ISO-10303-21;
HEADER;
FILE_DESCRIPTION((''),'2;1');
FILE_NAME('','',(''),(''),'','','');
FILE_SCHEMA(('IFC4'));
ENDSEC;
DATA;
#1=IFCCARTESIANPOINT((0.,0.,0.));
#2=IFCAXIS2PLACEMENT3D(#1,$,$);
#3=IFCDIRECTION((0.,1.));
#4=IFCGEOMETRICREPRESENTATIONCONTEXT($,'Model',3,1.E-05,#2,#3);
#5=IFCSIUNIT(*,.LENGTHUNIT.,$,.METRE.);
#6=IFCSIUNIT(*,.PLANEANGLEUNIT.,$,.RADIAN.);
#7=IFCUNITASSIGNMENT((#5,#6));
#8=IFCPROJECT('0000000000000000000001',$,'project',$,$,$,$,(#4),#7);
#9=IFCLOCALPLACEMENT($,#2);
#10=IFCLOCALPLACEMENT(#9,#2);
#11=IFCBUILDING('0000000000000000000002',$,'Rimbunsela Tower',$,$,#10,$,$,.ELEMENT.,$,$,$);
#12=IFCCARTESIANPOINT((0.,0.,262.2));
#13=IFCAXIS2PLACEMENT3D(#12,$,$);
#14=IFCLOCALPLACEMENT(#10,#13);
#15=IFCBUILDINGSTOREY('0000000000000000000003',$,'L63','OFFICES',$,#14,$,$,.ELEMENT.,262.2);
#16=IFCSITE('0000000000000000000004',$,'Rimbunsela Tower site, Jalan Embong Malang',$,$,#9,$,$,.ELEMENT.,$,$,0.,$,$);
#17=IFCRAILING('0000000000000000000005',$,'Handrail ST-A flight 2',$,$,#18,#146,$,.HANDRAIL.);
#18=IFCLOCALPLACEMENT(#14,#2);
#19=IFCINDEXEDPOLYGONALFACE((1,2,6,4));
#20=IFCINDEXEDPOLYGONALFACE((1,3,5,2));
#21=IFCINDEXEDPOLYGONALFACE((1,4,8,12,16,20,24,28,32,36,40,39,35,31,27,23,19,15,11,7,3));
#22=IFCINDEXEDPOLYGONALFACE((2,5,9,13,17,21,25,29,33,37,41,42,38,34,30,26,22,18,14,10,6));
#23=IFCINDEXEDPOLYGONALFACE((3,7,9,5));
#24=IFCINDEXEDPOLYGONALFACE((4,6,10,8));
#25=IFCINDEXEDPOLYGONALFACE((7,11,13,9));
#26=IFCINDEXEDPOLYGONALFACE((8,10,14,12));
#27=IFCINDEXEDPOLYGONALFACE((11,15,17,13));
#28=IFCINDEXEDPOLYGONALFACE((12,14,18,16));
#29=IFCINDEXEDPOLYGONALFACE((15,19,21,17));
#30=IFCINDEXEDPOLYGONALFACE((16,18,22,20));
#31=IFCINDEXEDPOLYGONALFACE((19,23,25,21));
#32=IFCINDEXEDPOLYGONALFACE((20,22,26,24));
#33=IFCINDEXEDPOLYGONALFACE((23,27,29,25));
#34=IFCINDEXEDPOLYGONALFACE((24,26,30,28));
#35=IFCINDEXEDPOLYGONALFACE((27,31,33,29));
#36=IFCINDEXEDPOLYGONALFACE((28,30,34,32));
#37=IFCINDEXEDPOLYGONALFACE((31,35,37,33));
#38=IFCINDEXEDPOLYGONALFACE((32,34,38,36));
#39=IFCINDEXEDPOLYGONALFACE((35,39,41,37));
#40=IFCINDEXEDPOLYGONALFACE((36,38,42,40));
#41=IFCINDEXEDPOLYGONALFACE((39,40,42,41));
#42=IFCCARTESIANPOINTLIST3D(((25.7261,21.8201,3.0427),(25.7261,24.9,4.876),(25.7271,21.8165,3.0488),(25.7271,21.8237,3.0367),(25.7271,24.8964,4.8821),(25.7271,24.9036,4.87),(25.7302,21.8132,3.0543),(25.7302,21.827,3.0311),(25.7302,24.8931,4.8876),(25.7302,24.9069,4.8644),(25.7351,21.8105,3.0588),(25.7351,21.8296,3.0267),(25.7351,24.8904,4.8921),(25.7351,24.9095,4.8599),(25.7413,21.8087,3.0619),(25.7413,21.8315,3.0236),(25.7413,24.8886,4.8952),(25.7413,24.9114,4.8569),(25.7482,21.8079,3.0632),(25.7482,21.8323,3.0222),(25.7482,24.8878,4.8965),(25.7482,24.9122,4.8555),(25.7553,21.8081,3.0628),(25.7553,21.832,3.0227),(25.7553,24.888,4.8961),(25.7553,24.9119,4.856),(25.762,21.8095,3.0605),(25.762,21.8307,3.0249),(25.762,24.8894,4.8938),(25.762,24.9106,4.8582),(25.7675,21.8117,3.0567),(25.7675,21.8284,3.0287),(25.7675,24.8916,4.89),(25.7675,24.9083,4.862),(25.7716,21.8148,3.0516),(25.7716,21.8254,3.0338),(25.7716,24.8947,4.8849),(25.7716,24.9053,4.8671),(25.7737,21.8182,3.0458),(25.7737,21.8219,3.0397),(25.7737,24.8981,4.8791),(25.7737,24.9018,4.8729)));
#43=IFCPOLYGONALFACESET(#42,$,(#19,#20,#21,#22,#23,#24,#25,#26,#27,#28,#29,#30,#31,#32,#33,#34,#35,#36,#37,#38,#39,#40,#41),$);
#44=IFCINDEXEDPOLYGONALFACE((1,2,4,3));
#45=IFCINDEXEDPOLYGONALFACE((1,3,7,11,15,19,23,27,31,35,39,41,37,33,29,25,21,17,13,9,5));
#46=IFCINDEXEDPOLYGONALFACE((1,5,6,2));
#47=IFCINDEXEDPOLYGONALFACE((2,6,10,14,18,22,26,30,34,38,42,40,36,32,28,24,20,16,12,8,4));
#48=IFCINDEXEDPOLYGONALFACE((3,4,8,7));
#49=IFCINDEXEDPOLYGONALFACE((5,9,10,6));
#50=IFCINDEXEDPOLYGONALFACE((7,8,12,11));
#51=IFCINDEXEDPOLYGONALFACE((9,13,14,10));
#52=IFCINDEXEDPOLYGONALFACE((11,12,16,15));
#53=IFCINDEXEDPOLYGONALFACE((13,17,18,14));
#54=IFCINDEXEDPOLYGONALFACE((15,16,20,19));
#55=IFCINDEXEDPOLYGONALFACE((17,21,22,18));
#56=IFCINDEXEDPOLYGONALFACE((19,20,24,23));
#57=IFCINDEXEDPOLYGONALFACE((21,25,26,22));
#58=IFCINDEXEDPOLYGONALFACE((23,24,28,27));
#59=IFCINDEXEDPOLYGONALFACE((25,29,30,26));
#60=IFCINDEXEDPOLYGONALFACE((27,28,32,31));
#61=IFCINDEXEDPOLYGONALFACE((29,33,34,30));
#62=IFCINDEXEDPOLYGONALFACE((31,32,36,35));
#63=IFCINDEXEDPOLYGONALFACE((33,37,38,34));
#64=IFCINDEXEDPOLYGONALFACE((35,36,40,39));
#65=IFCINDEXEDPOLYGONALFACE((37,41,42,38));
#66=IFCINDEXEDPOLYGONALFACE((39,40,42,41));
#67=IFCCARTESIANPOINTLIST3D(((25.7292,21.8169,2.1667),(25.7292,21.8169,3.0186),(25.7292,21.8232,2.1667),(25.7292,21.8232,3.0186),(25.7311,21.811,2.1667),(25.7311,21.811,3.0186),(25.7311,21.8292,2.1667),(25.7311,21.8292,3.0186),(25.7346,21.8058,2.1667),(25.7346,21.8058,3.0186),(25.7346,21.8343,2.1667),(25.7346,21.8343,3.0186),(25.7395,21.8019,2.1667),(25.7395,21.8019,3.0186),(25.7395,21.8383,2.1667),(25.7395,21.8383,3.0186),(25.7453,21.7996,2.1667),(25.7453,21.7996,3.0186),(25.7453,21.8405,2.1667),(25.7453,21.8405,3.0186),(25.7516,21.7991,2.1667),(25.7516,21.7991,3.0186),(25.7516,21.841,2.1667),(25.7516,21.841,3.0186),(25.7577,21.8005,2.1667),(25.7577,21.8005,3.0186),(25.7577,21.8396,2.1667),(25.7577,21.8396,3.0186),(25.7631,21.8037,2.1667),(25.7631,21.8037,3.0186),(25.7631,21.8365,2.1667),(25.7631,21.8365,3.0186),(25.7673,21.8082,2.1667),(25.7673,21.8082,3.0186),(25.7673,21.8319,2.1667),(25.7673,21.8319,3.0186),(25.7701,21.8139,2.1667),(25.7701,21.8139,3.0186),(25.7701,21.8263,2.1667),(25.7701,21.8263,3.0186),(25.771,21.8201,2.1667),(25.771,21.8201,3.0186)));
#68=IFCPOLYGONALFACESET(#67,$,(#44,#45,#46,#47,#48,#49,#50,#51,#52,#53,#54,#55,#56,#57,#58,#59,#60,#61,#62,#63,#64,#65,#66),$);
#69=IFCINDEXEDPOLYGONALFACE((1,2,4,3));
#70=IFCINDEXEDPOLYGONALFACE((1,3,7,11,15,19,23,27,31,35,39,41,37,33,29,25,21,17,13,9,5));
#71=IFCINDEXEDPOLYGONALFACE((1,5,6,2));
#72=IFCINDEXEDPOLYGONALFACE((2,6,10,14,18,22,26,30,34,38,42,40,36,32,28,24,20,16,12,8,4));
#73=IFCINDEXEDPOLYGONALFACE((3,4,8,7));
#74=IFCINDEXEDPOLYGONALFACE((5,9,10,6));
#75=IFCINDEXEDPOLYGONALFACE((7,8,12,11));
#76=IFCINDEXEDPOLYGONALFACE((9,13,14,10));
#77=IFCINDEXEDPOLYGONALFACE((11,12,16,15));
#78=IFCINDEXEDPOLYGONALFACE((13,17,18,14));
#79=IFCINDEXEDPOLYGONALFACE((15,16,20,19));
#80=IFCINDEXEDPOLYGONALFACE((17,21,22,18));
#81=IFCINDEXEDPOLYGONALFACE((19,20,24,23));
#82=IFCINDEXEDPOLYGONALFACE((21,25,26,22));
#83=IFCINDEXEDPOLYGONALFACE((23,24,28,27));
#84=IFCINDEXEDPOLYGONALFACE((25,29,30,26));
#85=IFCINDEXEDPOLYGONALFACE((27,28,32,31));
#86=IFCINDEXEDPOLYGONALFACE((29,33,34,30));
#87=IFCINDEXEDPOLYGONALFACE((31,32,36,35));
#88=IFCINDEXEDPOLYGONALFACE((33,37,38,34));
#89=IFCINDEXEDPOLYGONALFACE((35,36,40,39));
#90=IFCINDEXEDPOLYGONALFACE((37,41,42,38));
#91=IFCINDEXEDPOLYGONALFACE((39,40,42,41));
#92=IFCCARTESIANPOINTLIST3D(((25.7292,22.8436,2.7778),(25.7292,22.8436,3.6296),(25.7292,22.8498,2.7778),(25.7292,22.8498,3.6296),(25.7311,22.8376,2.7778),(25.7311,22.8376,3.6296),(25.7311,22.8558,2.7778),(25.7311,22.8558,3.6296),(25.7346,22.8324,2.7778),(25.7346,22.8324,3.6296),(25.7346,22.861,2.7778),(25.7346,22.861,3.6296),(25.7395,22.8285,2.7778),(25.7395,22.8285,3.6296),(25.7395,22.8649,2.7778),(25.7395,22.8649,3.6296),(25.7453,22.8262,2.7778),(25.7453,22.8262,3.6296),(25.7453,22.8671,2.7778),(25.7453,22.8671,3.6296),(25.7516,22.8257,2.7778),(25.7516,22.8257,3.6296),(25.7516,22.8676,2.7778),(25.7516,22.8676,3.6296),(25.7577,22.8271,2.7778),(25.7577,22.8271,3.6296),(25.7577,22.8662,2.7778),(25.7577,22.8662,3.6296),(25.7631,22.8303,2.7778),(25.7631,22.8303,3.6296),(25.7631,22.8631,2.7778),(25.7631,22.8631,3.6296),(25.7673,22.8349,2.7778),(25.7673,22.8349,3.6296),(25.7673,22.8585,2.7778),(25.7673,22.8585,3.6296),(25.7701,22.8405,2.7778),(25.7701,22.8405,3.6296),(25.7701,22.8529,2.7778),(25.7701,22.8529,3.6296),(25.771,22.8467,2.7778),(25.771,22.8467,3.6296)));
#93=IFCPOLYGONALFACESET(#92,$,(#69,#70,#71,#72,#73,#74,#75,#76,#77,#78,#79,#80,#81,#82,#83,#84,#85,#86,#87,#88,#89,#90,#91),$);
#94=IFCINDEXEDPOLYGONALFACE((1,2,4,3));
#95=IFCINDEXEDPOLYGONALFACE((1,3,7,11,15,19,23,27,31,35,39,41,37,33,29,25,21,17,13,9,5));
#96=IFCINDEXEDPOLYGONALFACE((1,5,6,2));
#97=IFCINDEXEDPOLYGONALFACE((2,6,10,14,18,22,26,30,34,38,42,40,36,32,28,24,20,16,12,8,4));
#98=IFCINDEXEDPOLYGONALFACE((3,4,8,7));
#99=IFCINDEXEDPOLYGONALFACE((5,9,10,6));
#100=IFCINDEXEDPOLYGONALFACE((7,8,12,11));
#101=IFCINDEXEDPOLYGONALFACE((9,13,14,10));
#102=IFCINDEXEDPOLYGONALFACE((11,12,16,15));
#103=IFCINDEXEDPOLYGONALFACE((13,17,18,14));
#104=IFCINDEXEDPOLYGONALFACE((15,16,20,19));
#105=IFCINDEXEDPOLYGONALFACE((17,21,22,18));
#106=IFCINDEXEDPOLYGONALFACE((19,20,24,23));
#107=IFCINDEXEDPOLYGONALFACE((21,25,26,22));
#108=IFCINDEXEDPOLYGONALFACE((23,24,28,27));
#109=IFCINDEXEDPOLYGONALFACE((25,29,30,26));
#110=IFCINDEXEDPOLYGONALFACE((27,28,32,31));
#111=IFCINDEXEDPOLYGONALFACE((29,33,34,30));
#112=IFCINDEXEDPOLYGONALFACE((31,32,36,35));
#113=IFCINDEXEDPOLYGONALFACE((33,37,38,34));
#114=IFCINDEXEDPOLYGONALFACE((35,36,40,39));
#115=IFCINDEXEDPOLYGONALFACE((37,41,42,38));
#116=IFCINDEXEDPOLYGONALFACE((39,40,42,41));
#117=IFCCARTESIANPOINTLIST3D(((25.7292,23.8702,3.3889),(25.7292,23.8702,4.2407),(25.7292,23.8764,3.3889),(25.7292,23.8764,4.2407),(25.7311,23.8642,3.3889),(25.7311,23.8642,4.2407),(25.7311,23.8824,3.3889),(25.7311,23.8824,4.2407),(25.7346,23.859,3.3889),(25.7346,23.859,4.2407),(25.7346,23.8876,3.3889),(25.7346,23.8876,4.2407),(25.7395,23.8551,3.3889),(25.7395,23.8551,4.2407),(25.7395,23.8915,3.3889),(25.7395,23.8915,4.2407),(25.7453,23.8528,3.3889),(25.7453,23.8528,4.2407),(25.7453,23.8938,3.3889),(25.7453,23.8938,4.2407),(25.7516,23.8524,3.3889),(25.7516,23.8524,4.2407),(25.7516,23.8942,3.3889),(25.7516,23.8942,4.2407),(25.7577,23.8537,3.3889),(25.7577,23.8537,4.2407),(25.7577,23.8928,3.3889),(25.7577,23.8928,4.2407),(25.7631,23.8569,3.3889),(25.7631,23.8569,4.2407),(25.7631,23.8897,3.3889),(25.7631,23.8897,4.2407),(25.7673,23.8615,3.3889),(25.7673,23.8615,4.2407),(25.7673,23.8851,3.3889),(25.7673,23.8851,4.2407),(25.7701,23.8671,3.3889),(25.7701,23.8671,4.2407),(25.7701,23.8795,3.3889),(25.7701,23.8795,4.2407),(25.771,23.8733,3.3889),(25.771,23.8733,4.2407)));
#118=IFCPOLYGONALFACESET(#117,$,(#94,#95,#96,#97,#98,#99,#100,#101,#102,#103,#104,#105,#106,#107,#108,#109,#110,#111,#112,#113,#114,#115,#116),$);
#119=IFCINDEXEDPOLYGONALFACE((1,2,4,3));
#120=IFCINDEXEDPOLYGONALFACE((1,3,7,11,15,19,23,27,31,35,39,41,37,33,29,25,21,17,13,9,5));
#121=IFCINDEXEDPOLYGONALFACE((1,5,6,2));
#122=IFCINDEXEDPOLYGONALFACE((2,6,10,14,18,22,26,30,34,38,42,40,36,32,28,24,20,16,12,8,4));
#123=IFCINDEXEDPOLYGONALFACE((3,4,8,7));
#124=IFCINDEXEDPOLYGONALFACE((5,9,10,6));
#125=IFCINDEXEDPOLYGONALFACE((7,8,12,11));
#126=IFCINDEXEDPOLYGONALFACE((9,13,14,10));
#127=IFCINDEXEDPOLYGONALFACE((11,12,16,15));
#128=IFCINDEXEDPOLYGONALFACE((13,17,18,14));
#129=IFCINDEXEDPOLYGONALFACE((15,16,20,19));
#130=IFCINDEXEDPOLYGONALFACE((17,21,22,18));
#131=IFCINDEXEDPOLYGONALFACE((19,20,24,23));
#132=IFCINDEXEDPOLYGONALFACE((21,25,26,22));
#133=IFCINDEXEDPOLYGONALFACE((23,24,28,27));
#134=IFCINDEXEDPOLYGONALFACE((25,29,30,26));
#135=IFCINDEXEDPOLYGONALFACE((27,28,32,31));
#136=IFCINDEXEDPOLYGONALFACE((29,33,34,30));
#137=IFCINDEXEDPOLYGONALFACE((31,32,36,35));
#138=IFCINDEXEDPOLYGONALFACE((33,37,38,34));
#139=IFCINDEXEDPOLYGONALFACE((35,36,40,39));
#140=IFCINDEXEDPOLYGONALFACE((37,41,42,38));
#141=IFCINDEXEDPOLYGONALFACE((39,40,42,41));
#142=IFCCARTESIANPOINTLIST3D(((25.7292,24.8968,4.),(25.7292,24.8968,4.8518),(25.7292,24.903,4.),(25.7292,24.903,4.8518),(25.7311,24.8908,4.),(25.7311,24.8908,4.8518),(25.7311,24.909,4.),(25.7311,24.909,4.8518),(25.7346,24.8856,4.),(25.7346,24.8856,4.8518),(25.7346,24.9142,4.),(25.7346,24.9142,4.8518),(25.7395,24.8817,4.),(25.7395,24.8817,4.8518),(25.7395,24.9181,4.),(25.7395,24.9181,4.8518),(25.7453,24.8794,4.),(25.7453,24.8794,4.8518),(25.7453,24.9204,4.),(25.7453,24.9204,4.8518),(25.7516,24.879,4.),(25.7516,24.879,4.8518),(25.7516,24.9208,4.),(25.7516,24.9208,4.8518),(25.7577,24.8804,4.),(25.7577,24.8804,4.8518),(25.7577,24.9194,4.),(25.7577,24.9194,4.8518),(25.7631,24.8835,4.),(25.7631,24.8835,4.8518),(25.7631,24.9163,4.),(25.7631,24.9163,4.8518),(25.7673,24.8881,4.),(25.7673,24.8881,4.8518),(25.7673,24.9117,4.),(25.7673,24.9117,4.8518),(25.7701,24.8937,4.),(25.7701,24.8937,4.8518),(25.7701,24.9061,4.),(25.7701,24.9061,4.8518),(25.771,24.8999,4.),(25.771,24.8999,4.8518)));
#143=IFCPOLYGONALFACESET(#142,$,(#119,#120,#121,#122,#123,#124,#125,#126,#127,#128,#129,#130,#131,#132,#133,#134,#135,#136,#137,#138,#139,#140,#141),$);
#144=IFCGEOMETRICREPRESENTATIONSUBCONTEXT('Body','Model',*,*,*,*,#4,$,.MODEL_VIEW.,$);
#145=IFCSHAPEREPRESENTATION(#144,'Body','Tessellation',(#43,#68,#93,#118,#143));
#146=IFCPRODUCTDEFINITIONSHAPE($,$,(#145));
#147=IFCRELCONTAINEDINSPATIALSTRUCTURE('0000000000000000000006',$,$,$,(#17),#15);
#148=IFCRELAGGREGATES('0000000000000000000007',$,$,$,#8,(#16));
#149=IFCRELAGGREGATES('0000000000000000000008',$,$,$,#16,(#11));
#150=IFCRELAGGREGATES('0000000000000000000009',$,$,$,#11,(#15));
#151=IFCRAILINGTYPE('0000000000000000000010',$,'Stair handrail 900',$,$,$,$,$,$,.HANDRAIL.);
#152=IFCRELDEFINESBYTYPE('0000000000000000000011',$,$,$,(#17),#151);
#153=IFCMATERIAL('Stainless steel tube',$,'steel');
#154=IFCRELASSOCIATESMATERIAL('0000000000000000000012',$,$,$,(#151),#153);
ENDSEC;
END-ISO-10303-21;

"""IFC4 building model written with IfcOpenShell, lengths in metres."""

from ifc_helpers import new_model, si_unit, direction, frame, origin, origin_2d, place, context, subcontext, project, spatial, circle, extrude, material, type_object, element, save


model = new_model("IFC4")

# Units and contexts
model_context = context("Model", 3, precision=1e-05, world=origin(), true_north=direction((0.0, 1.0)))
body_context = subcontext(model_context, "Body", "Model", "MODEL_VIEW")
ifc_project = project(units=[si_unit("LENGTHUNIT", "METRE"), si_unit("PLANEANGLEUNIT", "RADIAN")], contexts=[model_context])

# Site, building, storey
site_placement = place(None, origin())
site = spatial("IfcSite", under=ifc_project, at=site_placement, Name="Rimbunsela Tower site, Jalan Embong Malang", CompositionType="ELEMENT", RefElevation=0.0)
building_placement = place(site_placement, origin())
building = spatial("IfcBuilding", under=site, at=building_placement, Name="Rimbunsela Tower", CompositionType="ELEMENT")
storey_placement = place(building_placement, frame((0.0, 0.0, 262.2)))
storey = spatial("IfcBuildingStorey", under=building, at=storey_placement, Name="L63", Description="OFFICES", CompositionType="ELEMENT", Elevation=262.2)

# Railing
ifc_material_1 = material(Name="Stainless steel tube", Category="steel")
railing_type = type_object("IfcRailingType", Name="Stair handrail 900", PredefinedType="HANDRAIL", material=ifc_material_1)
for number, where, name in (
    (1, (25.75, 21.8201, 2.1667), "Handrail ST-A flight 2"),
):
    element("IfcRailing", number, at=place(storey_placement, frame(where)), inside=storey, type_object=railing_type, Name=name, PredefinedType="HANDRAIL", context=body_context, shape_type="SweptSolid", body=[
        extrude(circle(Radius=0.0239, at=origin_2d()), frame((0.0, 0.0, 0.876), z_axis=(0.0, 0.859291, 0.511487), x_axis=(-1.0, 0.0, 0.0)), (0.0, 0.0, 1.0), 3.5842),
        extrude(circle(Radius=0.021, at=origin_2d()), origin(), (0.0, 0.0, 1.0), 0.8518),
        extrude(circle(Radius=0.021, at=origin_2d()), frame((0.0, 1.0266, 0.6111)), (0.0, 0.0, 1.0), 0.8518),
        extrude(circle(Radius=0.021, at=origin_2d()), frame((0.0, 2.0532, 1.2222)), (0.0, 0.0, 1.0), 0.8518),
        extrude(circle(Radius=0.021, at=origin_2d()), frame((0.0, 3.0798, 1.8333)), (0.0, 0.0, 1.0), 0.8518),
    ])

save(model, "model.ifc")
